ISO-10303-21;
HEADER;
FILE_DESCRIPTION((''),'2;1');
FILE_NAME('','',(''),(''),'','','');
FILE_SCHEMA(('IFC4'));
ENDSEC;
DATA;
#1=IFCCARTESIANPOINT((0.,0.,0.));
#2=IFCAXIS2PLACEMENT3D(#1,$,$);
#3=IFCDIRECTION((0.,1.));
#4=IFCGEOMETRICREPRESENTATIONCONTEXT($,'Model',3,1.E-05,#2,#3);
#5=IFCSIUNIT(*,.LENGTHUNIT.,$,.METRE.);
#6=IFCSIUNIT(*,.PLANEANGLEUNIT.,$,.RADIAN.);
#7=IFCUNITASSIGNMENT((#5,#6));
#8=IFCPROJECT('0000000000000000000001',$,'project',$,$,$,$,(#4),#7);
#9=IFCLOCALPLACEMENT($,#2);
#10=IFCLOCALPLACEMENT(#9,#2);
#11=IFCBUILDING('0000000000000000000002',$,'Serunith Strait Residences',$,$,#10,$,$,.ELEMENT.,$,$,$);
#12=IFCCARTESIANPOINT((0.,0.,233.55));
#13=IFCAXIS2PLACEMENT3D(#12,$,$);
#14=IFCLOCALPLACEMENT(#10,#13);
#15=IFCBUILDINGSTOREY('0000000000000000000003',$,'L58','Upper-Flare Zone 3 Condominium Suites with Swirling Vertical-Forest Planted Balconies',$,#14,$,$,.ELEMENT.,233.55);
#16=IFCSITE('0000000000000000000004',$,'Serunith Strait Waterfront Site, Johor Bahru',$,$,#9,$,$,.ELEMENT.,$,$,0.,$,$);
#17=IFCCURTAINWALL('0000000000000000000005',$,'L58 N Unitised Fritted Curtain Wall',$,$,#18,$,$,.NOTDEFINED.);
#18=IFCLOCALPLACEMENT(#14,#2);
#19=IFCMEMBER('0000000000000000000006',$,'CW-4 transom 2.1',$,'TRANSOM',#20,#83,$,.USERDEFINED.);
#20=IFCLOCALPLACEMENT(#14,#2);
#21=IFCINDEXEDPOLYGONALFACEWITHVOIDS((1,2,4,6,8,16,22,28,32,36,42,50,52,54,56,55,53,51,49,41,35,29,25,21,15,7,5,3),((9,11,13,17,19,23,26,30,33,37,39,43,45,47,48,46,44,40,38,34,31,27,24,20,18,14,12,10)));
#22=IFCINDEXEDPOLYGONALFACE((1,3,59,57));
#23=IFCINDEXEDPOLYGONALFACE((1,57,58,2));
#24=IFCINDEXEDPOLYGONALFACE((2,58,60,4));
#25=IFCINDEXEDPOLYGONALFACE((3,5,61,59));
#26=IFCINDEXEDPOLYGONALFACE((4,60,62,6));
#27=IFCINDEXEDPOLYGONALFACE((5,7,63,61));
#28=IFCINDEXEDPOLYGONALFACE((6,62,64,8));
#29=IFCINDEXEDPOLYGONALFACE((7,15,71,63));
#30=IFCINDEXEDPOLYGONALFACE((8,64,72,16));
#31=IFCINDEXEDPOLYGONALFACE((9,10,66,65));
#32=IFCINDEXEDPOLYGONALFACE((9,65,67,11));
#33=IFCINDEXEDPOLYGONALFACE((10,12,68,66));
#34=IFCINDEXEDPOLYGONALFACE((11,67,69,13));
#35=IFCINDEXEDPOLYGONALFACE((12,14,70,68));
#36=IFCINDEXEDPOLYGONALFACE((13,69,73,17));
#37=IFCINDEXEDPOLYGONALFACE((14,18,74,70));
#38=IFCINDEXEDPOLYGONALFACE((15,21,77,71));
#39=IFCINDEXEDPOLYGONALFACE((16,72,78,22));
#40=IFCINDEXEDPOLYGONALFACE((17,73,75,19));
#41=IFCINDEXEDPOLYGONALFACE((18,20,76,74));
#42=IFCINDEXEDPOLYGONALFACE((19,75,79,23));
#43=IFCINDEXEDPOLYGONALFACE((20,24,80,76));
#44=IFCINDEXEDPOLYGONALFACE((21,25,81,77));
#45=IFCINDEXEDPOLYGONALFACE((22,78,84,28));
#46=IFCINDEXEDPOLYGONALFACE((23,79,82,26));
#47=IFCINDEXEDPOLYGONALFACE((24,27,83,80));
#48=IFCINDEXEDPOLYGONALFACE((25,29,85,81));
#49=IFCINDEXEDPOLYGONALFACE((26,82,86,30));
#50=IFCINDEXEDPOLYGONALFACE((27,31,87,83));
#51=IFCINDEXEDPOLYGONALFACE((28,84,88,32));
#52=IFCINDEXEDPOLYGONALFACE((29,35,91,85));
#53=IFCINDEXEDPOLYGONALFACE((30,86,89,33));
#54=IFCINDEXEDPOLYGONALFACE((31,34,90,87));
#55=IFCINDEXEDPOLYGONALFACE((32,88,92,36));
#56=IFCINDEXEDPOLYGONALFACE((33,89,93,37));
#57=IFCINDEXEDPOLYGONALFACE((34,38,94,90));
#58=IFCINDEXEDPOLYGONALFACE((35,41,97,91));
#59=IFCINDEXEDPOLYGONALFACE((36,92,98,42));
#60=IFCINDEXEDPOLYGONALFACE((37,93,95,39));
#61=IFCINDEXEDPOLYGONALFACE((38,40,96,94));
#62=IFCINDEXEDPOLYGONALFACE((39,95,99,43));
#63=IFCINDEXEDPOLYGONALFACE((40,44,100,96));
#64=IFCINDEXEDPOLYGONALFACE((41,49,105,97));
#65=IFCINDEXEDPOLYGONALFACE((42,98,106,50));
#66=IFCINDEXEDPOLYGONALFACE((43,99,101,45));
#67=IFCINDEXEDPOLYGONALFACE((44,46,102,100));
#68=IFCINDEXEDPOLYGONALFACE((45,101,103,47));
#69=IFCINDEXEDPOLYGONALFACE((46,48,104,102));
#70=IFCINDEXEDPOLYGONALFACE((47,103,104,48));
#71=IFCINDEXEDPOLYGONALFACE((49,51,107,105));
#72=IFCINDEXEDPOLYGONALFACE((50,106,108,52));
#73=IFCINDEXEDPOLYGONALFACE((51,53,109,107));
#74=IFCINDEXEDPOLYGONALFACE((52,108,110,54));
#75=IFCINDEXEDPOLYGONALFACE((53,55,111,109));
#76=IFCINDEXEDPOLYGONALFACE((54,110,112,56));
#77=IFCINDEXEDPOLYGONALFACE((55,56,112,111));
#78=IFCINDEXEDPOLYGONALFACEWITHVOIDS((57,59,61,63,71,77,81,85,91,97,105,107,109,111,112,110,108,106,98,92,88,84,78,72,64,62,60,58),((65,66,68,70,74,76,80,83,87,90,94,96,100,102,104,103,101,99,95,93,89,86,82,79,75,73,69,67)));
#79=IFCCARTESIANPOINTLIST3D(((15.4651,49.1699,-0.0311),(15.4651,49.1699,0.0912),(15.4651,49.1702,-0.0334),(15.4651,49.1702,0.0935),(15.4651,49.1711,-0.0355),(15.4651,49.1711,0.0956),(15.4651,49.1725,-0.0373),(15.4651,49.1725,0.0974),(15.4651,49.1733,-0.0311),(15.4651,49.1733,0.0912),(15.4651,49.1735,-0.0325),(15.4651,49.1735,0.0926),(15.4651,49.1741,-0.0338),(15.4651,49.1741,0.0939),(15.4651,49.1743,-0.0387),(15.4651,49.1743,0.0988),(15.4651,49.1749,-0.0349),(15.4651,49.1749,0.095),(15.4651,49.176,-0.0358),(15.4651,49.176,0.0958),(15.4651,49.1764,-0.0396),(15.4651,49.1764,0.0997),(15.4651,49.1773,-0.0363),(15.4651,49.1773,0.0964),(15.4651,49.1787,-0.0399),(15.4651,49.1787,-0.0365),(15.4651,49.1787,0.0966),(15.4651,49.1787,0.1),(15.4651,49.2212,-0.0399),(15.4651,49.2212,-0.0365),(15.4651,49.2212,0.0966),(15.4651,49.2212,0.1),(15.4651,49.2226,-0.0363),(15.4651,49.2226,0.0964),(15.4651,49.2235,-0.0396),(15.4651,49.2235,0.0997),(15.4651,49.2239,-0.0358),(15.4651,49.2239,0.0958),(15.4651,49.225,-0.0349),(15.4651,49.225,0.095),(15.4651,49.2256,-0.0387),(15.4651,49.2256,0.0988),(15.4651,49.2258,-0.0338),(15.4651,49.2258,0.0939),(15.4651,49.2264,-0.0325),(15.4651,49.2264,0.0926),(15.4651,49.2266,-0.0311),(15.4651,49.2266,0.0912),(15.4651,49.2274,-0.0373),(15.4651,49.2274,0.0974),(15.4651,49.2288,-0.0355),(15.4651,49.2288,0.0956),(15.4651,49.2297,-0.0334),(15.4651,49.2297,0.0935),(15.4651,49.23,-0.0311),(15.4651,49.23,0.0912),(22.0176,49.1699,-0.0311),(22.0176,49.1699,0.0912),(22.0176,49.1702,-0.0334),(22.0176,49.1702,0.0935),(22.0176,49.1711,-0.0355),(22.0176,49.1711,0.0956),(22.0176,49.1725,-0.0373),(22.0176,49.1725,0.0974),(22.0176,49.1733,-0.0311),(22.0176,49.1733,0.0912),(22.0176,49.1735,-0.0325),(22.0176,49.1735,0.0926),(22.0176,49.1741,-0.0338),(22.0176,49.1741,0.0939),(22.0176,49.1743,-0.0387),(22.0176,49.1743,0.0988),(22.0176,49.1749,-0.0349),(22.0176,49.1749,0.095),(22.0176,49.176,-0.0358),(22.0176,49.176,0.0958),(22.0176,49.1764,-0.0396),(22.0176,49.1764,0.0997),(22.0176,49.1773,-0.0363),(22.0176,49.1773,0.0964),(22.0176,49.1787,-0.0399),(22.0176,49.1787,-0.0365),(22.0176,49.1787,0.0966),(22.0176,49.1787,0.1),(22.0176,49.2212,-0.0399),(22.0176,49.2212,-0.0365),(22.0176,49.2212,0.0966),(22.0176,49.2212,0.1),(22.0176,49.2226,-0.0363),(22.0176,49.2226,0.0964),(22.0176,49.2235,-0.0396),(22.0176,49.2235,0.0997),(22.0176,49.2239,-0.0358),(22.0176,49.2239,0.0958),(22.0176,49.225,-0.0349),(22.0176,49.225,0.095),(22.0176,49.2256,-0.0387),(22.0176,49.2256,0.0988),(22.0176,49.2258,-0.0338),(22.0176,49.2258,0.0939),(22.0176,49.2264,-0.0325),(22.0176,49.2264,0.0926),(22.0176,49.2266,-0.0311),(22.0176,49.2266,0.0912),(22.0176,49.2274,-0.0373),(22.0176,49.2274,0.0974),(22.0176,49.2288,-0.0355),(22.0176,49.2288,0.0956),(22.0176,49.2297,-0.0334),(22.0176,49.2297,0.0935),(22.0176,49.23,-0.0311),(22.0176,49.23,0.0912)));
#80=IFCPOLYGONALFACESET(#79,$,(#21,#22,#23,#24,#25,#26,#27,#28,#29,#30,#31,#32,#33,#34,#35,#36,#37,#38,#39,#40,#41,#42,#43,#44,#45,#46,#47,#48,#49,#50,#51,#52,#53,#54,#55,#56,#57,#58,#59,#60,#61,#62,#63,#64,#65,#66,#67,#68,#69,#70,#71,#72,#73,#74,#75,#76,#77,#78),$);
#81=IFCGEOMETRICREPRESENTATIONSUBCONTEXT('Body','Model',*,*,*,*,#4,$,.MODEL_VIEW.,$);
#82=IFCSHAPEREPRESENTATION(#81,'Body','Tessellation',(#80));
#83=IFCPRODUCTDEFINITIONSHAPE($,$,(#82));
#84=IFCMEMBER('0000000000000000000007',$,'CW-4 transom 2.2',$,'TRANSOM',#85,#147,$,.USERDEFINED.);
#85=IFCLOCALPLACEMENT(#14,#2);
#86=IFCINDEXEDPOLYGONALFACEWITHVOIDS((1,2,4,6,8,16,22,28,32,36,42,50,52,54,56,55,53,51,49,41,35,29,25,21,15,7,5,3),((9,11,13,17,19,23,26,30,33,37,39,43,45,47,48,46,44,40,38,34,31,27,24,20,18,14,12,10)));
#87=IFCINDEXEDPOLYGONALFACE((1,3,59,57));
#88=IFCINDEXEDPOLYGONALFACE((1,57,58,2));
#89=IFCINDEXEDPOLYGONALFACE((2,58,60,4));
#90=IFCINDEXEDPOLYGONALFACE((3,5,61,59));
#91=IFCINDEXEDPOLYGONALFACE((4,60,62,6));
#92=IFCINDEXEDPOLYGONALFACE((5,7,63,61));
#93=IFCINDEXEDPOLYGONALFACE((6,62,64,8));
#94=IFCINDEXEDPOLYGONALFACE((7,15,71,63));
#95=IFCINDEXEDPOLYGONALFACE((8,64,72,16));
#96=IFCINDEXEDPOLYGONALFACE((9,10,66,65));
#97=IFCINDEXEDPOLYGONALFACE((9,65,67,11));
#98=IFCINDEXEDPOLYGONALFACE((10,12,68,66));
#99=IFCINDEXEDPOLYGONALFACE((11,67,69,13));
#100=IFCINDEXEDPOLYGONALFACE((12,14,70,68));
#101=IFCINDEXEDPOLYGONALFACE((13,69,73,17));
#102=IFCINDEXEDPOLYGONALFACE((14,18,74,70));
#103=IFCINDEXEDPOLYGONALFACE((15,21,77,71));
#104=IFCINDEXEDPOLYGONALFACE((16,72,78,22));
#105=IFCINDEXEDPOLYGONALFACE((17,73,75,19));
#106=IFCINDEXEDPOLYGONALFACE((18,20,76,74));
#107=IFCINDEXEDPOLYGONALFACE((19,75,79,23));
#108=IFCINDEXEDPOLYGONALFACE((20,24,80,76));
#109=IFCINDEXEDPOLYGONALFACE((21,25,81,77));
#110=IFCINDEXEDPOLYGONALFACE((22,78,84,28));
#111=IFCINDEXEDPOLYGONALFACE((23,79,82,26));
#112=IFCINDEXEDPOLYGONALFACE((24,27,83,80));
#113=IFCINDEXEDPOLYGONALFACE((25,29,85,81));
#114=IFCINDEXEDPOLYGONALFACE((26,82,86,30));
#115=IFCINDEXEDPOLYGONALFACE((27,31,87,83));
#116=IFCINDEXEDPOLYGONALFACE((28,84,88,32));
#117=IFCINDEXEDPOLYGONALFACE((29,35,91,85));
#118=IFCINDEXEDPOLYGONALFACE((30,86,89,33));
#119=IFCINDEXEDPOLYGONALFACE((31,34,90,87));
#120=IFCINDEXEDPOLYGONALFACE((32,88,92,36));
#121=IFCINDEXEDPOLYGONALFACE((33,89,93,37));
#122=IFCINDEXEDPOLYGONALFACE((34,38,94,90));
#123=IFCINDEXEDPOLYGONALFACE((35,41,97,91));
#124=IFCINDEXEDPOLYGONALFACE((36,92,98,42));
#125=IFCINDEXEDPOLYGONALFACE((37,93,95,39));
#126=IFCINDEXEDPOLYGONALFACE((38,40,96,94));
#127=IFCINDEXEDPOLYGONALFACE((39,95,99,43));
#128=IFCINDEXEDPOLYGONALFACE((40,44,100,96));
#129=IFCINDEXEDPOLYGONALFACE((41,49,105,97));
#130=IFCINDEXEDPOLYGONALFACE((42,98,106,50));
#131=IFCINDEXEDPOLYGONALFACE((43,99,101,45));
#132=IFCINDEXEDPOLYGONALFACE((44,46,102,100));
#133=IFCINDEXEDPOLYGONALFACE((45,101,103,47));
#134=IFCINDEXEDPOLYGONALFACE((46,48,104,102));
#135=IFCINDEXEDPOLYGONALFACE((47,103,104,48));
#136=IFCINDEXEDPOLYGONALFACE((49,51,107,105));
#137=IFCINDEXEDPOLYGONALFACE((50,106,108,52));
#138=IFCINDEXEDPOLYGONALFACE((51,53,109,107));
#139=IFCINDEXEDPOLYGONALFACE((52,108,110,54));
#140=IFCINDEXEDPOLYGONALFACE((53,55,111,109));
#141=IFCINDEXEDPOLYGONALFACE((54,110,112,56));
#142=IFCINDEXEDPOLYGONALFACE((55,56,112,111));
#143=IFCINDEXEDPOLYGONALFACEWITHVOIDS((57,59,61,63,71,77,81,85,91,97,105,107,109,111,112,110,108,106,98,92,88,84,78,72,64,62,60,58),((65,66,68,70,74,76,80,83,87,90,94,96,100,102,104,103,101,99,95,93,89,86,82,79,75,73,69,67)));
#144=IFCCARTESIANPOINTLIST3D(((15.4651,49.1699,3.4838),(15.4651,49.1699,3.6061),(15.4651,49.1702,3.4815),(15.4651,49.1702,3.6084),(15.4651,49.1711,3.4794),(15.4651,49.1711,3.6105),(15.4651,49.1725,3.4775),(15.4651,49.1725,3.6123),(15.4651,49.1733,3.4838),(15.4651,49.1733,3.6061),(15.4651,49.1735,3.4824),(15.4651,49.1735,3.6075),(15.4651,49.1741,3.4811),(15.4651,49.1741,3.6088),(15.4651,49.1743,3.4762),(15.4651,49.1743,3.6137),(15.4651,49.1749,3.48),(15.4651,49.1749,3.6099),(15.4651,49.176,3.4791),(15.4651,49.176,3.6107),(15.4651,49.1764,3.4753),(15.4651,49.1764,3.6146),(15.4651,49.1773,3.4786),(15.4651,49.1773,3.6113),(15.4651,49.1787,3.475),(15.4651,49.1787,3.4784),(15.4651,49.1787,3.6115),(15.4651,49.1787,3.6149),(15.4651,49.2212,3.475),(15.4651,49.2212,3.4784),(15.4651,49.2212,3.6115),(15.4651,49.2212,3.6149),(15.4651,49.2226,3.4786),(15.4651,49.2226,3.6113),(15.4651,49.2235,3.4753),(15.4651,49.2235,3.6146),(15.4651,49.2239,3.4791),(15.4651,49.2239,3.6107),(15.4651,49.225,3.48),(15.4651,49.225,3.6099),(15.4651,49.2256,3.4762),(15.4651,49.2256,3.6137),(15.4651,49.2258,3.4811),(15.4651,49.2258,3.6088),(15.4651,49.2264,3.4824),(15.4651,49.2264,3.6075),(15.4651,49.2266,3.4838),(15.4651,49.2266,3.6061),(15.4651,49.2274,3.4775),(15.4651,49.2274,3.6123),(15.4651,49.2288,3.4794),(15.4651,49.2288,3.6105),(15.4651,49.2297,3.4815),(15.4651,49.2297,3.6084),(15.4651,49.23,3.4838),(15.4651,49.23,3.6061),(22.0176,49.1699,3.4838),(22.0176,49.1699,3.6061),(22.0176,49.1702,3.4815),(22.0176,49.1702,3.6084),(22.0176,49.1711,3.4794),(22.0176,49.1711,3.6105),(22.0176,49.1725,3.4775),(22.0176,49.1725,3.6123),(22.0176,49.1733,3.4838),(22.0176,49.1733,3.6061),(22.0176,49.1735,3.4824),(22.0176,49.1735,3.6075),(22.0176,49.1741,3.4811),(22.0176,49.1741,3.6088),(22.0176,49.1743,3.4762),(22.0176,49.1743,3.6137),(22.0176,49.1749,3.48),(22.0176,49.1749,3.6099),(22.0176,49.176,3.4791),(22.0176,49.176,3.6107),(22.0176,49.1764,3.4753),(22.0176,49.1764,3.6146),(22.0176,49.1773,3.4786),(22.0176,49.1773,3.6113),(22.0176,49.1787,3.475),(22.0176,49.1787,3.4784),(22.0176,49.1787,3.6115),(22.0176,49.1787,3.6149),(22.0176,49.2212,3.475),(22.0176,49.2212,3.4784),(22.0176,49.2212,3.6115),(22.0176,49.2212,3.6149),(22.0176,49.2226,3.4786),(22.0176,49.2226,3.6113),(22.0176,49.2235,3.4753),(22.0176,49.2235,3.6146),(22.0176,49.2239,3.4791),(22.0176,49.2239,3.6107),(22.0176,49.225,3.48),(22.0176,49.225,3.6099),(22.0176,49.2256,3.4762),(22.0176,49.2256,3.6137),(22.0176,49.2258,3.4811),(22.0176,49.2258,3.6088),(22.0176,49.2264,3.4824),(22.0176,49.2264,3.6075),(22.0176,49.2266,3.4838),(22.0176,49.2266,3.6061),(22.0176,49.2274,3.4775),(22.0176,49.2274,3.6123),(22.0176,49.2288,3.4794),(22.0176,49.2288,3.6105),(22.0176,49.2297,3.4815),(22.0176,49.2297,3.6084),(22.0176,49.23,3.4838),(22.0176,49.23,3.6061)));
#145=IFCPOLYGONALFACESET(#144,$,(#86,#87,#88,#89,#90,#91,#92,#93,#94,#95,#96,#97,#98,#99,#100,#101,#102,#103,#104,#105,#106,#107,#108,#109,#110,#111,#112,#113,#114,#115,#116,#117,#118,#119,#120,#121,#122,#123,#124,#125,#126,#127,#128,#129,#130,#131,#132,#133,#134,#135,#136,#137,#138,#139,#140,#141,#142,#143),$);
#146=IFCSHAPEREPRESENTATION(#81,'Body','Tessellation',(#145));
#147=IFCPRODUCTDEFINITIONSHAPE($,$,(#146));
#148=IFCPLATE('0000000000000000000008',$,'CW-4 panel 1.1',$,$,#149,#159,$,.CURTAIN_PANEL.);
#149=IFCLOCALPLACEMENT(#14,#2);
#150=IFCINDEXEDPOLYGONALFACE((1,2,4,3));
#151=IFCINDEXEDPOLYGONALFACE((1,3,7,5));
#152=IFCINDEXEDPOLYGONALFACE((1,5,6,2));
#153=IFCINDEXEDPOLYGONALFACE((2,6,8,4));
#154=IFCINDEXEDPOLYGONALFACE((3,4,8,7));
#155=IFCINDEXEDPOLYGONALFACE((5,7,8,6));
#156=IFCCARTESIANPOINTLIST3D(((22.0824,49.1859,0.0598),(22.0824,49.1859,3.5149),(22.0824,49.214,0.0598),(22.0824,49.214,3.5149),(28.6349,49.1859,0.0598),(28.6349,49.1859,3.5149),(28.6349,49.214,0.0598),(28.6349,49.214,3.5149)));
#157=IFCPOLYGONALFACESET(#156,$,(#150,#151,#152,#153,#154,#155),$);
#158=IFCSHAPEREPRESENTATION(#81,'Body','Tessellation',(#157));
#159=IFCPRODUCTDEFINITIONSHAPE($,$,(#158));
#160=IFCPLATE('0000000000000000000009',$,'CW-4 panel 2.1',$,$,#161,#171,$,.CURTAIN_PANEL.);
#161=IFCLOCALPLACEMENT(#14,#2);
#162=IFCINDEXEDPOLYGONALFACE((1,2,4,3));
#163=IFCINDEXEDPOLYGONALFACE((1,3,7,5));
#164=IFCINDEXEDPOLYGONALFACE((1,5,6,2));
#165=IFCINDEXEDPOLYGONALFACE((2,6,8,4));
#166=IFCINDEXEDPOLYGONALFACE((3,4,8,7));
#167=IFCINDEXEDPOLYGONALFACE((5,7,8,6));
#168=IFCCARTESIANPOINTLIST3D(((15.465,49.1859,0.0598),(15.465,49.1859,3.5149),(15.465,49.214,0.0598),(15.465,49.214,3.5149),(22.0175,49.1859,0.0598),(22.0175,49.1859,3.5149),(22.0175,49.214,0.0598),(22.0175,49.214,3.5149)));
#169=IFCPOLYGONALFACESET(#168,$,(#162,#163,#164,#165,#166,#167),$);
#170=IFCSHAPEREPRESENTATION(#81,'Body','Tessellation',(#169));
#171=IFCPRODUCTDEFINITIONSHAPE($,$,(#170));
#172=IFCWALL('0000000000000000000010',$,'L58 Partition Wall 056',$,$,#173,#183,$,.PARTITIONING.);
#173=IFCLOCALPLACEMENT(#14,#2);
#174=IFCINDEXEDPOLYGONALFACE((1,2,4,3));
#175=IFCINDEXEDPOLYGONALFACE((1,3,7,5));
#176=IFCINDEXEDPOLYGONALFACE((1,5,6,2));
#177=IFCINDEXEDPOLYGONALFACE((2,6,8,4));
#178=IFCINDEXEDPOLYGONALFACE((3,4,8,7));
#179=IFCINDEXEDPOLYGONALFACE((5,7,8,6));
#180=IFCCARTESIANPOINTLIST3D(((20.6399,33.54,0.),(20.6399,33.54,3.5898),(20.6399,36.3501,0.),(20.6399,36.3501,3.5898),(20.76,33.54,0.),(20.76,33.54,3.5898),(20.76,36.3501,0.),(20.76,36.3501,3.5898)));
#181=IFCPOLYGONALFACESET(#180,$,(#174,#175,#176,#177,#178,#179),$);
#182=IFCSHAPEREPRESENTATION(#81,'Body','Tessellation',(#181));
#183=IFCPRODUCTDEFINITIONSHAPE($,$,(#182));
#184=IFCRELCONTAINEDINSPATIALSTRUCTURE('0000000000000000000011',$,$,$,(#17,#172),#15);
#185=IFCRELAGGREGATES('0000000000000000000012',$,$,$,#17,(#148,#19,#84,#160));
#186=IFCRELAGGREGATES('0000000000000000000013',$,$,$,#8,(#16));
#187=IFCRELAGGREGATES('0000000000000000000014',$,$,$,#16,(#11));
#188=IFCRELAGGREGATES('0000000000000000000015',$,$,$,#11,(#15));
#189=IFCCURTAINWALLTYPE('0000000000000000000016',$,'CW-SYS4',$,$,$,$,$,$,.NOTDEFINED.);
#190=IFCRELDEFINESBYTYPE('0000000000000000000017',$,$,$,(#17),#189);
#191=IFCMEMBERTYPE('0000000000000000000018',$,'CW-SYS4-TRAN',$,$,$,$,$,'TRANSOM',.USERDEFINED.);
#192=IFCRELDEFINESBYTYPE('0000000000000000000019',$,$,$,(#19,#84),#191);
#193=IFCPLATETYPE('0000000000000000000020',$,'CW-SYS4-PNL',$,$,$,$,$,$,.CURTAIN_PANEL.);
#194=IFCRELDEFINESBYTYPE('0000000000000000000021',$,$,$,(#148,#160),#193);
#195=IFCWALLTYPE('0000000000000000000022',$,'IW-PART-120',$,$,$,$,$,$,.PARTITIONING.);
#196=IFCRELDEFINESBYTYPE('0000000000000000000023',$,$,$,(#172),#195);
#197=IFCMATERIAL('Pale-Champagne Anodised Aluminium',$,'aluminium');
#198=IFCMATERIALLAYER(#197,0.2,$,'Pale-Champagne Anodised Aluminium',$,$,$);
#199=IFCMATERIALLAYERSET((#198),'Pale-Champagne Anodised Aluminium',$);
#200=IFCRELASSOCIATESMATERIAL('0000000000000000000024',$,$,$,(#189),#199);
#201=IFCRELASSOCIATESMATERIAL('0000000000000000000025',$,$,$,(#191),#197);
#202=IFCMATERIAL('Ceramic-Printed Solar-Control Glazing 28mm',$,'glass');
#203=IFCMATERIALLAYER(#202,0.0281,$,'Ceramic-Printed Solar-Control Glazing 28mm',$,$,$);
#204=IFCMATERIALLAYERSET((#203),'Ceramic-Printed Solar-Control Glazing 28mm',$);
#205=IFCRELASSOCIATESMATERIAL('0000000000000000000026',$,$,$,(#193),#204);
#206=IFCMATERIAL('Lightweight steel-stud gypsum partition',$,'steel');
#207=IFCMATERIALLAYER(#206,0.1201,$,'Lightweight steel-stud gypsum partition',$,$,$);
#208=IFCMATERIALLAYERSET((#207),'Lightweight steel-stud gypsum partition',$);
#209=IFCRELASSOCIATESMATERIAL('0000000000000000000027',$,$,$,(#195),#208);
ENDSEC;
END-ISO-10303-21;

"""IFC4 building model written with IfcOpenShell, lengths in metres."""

from ifc_helpers import new_model, si_unit, direction, frame, frame_2d, origin, origin_2d, place, context, subcontext, project, spatial, rectangle, hollow_rectangle, extrude, source, transform, mapped, material, layer, layer_set, material_profile, profile_set, type_object, element, aggregate, save


model = new_model("IFC4")

# Units and contexts
model_context = context("Model", 3, precision=1e-05, world=origin(), true_north=direction((0.0, 1.0)))
body_context = subcontext(model_context, "Body", "Model", "MODEL_VIEW")
ifc_project = project(units=[si_unit("LENGTHUNIT", "METRE"), si_unit("PLANEANGLEUNIT", "RADIAN")], contexts=[model_context])

# Site, building, storey
site_placement = place(None, origin())
site = spatial("IfcSite", under=ifc_project, at=site_placement, Name="Serunith Strait Waterfront Site, Johor Bahru", CompositionType="ELEMENT", RefElevation=0.0)
building_placement = place(site_placement, origin())
building = spatial("IfcBuilding", under=site, at=building_placement, Name="Serunith Strait Residences", CompositionType="ELEMENT")
storey_placement = place(building_placement, frame((0.0, 0.0, 233.55)))
storey = spatial("IfcBuildingStorey", under=building, at=storey_placement, Name="L58", Description="Upper-Flare Zone 3 Condominium Suites with Swirling Vertical-Forest Planted Balconies", CompositionType="ELEMENT", Elevation=233.55)

# Curtain wall, members, plates
ifc_material_1 = material(Name="Pale-Champagne Anodised Aluminium", Category="aluminium")
ifc_layer_1 = layer(ifc_material_1, 0.2, Name="Pale-Champagne Anodised Aluminium")
ifc_layer_set_1 = layer_set([ifc_layer_1], Name="Pale-Champagne Anodised Aluminium")
curtain_wall_type = type_object("IfcCurtainWallType", Name="CW-SYS4", PredefinedType="NOTDEFINED", material=ifc_layer_set_1)
curtain_wall_placement = place(storey_placement, origin())
curtain_wall = element("IfcCurtainWall", 1, at=curtain_wall_placement, inside=storey, type_object=curtain_wall_type, Name="L58 N Unitised Fritted Curtain Wall", PredefinedType="NOTDEFINED")
ifc_material_profile_1 = material_profile(ifc_material_1, hollow_rectangle(XDim=0.0601, YDim=0.1399, WallThickness=0.0034, InnerFilletRadius=0.0054, OuterFilletRadius=0.0088, at=origin_2d()), Name="ALU 140x60x3.5")
ifc_profile_set_1 = profile_set([ifc_material_profile_1], Name="Pale-Champagne Anodised Aluminium")
member_type_1 = type_object("IfcMemberType", Name="CW-SYS4-TRAN", ElementType="TRANSOM", PredefinedType="USERDEFINED", material=ifc_profile_set_1)
shared_shape_1 = source(origin(), body_context, "Body", "SweptSolid", [
    extrude(hollow_rectangle(XDim=0.0601, YDim=0.1399, WallThickness=0.0034, InnerFilletRadius=0.0054, OuterFilletRadius=0.0088, at=origin_2d()), origin(), (0.0, 0.0, 1.0), 6.5525),
])
member_1_placement = place(storey_placement, frame((22.0176, 49.2, 0.03), z_axis=(-1.0, 0.0, 0.0), x_axis=(0.0, -1.0, 0.0)))
member_1 = element("IfcMember", 2, at=member_1_placement, type_object=member_type_1, Name="CW-4 transom 2.1", ObjectType="TRANSOM", PredefinedType="USERDEFINED", context=body_context, shape_type="MappedRepresentation", body=[
    mapped(shared_shape_1, transform((0.0, 0.0, 0.0), scale=1.0)),
])
member_2_placement = place(storey_placement, frame((22.0176, 49.2, 3.5449), z_axis=(-1.0, 0.0, 0.0), x_axis=(0.0, -1.0, 0.0)))
member_2 = element("IfcMember", 3, at=member_2_placement, type_object=member_type_1, Name="CW-4 transom 2.2", ObjectType="TRANSOM", PredefinedType="USERDEFINED", context=body_context, shape_type="MappedRepresentation", body=[
    mapped(shared_shape_1, transform((0.0, 0.0, 0.0), scale=1.0)),
])
ifc_material_2 = material(Name="Ceramic-Printed Solar-Control Glazing 28mm", Category="glass")
ifc_layer_2 = layer(ifc_material_2, 0.0281, Name="Ceramic-Printed Solar-Control Glazing 28mm")
ifc_layer_set_2 = layer_set([ifc_layer_2], Name="Ceramic-Printed Solar-Control Glazing 28mm")
plate_type = type_object("IfcPlateType", Name="CW-SYS4-PNL", PredefinedType="CURTAIN_PANEL", material=ifc_layer_set_2)
shared_shape_2 = source(origin(), body_context, "Body", "SweptSolid", [
    extrude(rectangle(XDim=6.5525, YDim=0.0281, at=origin_2d()), origin(), (0.0, 0.0, 1.0), 3.4551),
])
plate_1_placement = place(storey_placement, frame((25.3586, 49.2, 0.0598), z_axis=(0.0, 0.0, 1.0), x_axis=(-1.0, 0.0, 0.0)))
plate_1 = element("IfcPlate", 4, at=plate_1_placement, type_object=plate_type, Name="CW-4 panel 1.1", PredefinedType="CURTAIN_PANEL", context=body_context, shape_type="MappedRepresentation", body=[
    mapped(shared_shape_2, transform((0.0, 0.0, 0.0), scale=1.0)),
])
plate_2_placement = place(storey_placement, frame((18.7412, 49.2, 0.0598), z_axis=(0.0, 0.0, 1.0), x_axis=(-1.0, 0.0, 0.0)))
plate_2 = element("IfcPlate", 5, at=plate_2_placement, type_object=plate_type, Name="CW-4 panel 2.1", PredefinedType="CURTAIN_PANEL", context=body_context, shape_type="MappedRepresentation", body=[
    mapped(shared_shape_2, transform((0.0, 0.0, 0.0), scale=1.0)),
])
aggregate(curtain_wall, [plate_1, member_1, member_2, plate_2])

# Wall
ifc_material_3 = material(Name="Lightweight steel-stud gypsum partition", Category="steel")
ifc_layer_3 = layer(ifc_material_3, 0.1201, Name="Lightweight steel-stud gypsum partition")
ifc_layer_set_3 = layer_set([ifc_layer_3], Name="Lightweight steel-stud gypsum partition")
wall_type = type_object("IfcWallType", Name="IW-PART-120", PredefinedType="PARTITIONING", material=ifc_layer_set_3)
wall_1_placement = place(storey_placement, frame((20.7, 36.3501, 0.0), z_axis=(0.0, 0.0, 1.0), x_axis=(0.0, -1.0, 0.0)))
element("IfcWall", 6, at=wall_1_placement, inside=storey, type_object=wall_type, Name="L58 Partition Wall 056", PredefinedType="PARTITIONING", context=body_context, shape_type="SweptSolid", body=[
    extrude(rectangle(XDim=2.8101, YDim=0.1201, at=frame_2d((1.405, 0.0))), origin(), (0.0, 0.0, 1.0), 3.5898),
])

save(model, "model.ifc")
